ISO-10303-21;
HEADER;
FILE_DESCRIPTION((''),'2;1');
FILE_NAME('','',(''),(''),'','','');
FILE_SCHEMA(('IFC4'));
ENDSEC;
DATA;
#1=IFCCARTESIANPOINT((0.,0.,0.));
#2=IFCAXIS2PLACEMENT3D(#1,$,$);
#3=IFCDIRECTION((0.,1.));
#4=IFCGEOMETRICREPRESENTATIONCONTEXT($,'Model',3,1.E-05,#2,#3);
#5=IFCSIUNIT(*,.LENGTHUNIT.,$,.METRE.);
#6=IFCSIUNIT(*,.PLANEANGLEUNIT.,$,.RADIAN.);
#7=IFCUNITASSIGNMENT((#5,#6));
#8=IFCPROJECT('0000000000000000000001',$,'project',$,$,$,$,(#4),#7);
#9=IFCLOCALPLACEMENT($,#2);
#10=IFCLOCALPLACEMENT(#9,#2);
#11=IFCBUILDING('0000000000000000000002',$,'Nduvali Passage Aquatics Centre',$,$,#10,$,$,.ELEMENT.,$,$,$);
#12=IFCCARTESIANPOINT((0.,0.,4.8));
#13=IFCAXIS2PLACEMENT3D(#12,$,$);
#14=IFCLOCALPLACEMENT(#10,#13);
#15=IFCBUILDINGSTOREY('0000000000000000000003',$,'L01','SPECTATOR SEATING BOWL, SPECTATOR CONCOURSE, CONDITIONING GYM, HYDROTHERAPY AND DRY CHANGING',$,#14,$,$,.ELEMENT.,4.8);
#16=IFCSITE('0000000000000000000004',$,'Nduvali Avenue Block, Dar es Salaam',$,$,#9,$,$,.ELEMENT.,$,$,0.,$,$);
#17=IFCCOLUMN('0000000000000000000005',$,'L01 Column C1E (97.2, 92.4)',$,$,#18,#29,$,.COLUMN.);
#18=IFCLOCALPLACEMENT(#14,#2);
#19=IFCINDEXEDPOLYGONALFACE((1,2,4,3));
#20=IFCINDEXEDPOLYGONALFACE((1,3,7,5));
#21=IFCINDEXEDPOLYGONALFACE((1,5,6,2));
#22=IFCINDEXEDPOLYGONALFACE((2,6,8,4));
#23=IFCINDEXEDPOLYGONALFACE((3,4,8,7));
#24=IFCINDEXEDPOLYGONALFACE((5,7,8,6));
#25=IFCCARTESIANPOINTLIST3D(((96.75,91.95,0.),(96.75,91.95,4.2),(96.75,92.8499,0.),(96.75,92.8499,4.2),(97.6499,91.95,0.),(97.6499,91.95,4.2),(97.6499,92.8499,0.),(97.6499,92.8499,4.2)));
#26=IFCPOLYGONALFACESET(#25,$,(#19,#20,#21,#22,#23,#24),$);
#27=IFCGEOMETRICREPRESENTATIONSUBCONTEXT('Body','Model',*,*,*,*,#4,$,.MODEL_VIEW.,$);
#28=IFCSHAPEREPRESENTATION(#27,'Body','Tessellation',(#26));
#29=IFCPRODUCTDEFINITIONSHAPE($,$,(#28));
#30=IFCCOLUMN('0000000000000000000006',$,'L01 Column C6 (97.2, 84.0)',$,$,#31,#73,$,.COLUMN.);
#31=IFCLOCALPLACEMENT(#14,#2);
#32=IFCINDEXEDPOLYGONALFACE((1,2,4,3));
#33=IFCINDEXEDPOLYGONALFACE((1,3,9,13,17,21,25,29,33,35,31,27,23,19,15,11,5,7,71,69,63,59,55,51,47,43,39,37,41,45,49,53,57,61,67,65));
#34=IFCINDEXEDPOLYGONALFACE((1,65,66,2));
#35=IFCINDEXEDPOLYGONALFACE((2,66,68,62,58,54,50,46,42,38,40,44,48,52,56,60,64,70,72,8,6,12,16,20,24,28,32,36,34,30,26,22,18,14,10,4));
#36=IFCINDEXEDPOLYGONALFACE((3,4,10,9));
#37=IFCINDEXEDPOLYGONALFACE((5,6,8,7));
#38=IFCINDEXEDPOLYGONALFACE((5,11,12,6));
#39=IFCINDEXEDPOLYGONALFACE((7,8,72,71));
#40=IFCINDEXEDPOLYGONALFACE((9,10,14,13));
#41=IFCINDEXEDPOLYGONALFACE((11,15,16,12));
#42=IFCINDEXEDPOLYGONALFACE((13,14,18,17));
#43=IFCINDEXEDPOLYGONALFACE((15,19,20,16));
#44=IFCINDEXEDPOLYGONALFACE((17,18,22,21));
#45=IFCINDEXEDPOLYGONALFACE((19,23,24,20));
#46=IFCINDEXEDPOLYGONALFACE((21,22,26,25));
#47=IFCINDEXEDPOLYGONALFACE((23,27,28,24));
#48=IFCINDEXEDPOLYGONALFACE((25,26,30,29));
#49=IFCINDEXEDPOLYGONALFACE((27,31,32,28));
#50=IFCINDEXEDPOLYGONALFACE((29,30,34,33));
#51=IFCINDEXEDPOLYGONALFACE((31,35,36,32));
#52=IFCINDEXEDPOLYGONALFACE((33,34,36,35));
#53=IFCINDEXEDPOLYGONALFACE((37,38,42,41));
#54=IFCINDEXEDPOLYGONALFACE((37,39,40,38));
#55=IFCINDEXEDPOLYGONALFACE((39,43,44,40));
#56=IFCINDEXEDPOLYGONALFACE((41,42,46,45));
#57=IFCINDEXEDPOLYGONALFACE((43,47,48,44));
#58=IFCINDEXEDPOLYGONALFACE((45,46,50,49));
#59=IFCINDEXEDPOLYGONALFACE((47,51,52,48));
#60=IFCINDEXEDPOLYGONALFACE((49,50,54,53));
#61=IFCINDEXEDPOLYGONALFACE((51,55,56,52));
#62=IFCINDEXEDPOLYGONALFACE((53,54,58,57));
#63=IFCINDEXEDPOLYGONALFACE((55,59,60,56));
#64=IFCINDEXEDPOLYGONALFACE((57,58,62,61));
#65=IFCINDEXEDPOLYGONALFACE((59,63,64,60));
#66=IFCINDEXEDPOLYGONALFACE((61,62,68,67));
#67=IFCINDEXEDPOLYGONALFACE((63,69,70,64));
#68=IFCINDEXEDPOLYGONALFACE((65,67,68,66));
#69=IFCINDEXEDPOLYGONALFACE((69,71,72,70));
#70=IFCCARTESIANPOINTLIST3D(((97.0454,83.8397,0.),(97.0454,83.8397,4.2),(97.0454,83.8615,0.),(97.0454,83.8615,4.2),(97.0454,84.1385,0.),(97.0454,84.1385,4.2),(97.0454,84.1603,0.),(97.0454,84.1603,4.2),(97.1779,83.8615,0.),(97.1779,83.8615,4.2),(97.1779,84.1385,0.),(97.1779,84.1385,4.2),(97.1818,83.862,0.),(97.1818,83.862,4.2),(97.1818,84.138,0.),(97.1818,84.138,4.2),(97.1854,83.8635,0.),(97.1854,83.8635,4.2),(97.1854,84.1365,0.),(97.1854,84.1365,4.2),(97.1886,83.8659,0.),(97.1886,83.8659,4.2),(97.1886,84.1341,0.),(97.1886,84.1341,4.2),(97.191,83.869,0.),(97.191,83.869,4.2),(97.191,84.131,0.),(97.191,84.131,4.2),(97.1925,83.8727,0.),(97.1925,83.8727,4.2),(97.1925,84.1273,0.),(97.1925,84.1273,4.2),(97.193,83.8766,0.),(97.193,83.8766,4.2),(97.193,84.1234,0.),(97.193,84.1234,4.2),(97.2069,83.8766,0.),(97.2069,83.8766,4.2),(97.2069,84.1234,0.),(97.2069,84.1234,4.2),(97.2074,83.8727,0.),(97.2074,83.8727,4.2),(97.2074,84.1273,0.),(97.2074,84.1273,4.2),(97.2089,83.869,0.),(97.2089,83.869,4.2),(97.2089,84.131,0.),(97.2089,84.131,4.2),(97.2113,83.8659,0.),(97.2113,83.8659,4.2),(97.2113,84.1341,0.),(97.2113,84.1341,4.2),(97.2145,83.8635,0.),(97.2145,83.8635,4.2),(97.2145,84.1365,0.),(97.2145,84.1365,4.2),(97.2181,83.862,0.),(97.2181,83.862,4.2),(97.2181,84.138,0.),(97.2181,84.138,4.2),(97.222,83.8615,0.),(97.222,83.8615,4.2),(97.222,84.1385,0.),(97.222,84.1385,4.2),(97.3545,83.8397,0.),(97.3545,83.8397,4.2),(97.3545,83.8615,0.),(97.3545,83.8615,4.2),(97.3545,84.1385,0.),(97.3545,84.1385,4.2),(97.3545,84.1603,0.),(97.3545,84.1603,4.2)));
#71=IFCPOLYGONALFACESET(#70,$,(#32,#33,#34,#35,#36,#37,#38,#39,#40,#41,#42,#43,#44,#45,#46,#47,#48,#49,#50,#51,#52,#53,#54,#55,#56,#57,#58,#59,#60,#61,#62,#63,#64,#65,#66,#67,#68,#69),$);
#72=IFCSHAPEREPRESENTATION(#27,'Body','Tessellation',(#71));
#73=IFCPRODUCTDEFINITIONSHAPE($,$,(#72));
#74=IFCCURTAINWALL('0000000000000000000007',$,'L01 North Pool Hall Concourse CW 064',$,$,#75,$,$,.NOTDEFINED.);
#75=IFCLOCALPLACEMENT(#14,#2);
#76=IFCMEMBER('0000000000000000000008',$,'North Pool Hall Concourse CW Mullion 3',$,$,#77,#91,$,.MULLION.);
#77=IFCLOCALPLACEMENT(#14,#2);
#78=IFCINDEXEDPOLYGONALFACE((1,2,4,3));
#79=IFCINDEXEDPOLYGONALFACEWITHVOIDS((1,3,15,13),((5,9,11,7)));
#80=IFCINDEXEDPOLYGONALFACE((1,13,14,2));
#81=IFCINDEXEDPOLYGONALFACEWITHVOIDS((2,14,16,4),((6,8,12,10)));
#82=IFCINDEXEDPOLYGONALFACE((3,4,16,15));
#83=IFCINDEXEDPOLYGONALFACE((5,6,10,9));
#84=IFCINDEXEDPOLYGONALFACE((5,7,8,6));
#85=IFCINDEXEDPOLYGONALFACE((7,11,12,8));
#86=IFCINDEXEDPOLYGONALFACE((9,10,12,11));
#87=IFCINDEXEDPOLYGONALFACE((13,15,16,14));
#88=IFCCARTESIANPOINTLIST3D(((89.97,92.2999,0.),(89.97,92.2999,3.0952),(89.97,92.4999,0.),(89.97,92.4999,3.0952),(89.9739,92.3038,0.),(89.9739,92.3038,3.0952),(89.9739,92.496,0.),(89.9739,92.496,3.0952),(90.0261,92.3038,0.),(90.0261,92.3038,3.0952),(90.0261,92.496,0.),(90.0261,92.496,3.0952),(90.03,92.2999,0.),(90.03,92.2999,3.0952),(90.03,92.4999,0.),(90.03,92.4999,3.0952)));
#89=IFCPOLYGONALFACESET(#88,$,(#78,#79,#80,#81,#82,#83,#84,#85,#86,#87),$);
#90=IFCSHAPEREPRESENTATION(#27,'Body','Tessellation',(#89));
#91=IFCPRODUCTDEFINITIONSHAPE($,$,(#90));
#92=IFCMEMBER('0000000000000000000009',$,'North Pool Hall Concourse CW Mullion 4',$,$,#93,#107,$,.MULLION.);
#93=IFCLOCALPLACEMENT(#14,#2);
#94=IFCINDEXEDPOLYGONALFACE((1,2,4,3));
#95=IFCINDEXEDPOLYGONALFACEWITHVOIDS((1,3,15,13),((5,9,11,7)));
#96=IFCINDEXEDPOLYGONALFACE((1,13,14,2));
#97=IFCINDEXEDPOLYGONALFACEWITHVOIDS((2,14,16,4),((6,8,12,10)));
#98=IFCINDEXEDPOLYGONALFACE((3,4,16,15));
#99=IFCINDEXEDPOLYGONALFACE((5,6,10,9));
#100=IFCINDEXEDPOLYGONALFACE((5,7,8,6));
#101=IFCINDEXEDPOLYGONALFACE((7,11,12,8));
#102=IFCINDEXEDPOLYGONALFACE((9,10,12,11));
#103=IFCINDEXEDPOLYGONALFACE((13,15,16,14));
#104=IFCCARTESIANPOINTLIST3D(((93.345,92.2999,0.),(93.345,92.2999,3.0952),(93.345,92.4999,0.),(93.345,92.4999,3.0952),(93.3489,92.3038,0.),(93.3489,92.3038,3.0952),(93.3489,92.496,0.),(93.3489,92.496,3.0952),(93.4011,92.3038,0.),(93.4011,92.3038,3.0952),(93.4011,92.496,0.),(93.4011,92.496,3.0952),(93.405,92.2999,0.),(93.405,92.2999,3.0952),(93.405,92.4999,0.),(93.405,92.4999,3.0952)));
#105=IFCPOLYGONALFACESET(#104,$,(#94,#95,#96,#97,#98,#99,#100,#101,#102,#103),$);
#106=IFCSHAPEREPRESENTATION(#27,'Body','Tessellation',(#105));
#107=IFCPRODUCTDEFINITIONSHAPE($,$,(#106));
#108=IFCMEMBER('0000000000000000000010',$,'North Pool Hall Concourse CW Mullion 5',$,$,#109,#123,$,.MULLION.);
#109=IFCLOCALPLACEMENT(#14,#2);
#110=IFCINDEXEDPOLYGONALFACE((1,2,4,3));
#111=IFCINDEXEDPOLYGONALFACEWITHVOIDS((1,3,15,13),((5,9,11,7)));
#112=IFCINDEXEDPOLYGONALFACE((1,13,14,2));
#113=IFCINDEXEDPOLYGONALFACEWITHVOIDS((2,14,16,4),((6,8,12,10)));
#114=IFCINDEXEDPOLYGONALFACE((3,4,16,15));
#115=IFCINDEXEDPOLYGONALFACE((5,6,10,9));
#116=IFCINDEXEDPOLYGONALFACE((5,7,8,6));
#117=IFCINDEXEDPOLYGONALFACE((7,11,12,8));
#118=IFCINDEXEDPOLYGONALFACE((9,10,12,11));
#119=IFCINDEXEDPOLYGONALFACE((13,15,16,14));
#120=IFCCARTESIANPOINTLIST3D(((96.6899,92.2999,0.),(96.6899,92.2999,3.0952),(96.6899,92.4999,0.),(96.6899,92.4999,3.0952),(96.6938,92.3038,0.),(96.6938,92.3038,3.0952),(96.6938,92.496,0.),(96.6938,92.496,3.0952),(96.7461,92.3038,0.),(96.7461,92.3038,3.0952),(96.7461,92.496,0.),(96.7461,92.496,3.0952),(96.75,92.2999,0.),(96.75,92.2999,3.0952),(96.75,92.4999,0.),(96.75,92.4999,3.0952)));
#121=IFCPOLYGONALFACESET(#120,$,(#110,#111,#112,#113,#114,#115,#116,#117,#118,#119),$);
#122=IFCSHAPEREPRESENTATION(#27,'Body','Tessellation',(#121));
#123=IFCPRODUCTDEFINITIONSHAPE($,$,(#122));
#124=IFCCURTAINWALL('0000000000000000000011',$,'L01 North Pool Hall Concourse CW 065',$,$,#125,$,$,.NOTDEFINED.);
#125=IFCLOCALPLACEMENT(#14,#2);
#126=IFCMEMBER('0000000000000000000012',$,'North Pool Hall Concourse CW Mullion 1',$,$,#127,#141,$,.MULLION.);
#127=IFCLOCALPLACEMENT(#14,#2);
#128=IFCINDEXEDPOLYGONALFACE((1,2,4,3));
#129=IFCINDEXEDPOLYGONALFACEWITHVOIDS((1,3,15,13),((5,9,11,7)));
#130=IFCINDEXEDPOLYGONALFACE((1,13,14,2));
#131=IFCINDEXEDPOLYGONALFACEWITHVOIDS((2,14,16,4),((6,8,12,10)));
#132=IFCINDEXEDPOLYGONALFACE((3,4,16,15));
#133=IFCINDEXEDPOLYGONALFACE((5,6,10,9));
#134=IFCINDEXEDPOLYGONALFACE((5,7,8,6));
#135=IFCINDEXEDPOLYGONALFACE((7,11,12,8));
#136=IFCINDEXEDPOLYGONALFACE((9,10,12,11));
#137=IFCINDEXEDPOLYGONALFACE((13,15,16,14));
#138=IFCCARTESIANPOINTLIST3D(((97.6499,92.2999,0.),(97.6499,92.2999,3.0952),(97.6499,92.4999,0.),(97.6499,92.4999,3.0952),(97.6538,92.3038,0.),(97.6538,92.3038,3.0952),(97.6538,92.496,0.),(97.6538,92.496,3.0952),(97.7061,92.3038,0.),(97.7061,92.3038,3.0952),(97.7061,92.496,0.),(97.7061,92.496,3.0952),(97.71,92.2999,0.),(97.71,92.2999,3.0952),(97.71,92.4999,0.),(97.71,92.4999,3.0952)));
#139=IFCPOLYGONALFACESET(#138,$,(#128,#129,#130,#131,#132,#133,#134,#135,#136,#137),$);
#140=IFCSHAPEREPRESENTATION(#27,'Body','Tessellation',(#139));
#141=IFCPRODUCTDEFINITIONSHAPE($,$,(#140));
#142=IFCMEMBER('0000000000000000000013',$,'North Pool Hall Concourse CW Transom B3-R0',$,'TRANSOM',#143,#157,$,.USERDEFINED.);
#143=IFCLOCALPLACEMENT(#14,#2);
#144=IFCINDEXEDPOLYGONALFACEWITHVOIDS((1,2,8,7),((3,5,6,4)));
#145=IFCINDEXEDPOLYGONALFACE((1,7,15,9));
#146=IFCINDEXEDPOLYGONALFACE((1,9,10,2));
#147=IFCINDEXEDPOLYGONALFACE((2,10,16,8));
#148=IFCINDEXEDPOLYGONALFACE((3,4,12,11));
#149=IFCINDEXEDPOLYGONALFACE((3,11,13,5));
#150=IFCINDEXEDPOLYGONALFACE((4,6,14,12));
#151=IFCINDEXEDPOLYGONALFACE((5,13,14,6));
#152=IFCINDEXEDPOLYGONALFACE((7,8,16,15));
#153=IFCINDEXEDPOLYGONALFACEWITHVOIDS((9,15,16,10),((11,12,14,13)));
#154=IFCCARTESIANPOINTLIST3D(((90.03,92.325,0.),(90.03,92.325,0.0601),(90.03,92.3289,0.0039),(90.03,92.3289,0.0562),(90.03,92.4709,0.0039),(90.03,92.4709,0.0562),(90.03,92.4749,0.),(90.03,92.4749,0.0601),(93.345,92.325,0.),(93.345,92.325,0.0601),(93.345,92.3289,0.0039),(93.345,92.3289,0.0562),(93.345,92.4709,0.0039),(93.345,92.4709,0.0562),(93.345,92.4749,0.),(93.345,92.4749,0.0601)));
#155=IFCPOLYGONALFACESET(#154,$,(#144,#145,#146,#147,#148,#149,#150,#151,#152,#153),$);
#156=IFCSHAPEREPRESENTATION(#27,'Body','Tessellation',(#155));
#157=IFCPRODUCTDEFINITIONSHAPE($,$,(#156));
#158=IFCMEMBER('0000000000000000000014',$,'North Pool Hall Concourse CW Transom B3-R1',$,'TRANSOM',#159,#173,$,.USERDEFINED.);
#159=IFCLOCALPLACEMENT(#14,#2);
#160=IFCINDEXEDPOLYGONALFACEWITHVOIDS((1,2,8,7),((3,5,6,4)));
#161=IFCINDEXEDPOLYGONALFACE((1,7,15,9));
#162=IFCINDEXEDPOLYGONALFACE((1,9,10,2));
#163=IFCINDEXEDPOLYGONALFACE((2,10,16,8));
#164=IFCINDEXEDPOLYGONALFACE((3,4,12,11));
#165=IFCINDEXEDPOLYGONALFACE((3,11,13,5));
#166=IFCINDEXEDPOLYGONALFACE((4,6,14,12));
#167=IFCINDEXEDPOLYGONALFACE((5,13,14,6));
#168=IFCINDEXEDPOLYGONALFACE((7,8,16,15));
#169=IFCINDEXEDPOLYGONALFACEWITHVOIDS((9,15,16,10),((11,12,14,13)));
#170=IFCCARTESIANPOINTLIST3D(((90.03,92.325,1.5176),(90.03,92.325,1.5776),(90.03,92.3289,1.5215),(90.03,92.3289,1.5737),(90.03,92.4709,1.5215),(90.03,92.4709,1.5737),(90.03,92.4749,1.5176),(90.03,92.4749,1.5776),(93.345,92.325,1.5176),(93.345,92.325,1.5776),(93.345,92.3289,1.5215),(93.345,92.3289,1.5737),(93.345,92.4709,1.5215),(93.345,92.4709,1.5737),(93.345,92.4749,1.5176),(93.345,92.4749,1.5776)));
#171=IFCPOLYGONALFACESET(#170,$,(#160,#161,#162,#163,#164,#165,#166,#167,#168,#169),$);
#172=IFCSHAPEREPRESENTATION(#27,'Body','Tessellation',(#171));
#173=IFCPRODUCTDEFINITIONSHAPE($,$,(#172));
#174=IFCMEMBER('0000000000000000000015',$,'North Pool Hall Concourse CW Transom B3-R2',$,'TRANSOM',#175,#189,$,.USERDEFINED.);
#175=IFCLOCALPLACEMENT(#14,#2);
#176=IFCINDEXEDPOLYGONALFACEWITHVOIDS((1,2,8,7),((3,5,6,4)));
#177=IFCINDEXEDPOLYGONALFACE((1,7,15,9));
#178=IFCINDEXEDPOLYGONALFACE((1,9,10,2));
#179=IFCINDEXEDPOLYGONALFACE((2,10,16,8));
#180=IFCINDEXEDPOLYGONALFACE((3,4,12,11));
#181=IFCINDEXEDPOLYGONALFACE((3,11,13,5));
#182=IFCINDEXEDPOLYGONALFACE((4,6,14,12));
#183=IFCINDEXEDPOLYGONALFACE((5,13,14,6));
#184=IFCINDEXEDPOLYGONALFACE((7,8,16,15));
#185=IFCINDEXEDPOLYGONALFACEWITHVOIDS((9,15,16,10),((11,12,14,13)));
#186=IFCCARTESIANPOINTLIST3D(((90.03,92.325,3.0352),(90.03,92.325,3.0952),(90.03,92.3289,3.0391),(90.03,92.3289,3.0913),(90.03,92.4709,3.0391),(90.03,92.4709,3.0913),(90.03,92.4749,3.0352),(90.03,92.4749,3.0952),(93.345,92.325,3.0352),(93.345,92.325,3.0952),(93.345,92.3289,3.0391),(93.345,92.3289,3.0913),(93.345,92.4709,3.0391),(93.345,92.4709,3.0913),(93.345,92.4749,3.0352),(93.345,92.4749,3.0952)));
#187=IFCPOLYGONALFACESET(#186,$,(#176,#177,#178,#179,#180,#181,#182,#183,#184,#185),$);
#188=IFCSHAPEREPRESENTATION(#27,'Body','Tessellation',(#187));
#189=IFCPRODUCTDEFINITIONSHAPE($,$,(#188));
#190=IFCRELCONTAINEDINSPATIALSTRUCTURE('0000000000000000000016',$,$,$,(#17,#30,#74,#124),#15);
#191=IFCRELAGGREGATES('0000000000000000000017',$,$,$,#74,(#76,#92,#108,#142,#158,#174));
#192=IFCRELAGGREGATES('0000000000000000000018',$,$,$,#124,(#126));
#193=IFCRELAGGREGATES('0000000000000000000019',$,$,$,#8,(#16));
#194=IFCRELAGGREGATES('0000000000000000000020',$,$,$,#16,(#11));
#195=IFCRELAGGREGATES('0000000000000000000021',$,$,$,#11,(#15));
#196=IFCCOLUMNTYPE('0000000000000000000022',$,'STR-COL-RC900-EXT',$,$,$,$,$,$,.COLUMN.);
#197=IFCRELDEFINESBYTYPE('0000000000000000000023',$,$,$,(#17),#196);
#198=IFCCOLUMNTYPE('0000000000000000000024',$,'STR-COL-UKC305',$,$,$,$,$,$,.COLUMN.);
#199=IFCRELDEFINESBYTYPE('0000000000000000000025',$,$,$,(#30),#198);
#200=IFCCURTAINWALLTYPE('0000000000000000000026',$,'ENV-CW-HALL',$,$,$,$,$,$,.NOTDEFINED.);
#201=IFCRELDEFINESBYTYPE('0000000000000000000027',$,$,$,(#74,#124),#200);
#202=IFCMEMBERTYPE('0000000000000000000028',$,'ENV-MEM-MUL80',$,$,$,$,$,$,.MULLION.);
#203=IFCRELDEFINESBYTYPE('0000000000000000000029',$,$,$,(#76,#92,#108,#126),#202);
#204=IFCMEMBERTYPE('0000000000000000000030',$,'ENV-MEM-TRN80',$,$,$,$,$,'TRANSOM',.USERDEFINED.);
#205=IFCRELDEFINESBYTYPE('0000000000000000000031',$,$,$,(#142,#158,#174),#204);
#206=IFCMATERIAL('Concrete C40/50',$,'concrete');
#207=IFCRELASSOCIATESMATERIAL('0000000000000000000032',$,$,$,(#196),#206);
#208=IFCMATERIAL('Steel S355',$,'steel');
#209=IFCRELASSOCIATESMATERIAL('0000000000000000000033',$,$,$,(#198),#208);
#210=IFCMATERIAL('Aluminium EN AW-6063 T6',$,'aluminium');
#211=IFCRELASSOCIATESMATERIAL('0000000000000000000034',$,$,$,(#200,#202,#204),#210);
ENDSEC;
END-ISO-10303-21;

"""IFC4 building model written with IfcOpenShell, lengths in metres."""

from ifc_helpers import new_model, si_unit, direction, frame, origin, origin_2d, place, context, subcontext, project, spatial, rectangle, hollow_rectangle, i_section, extrude, material, material_profile, profile_set, type_object, element, aggregate, save


model = new_model("IFC4")

# Units and contexts
model_context = context("Model", 3, precision=1e-05, world=origin(), true_north=direction((0.0, 1.0)))
body_context = subcontext(model_context, "Body", "Model", "MODEL_VIEW")
ifc_project = project(units=[si_unit("LENGTHUNIT", "METRE"), si_unit("PLANEANGLEUNIT", "RADIAN")], contexts=[model_context])

# Site, building, storey
site_placement = place(None, origin())
site = spatial("IfcSite", under=ifc_project, at=site_placement, Name="Nduvali Avenue Block, Dar es Salaam", CompositionType="ELEMENT", RefElevation=0.0)
building_placement = place(site_placement, origin())
building = spatial("IfcBuilding", under=site, at=building_placement, Name="Nduvali Passage Aquatics Centre", CompositionType="ELEMENT")
storey_placement = place(building_placement, frame((0.0, 0.0, 4.8)))
storey = spatial("IfcBuildingStorey", under=building, at=storey_placement, Name="L01", Description="SPECTATOR SEATING BOWL, SPECTATOR CONCOURSE, CONDITIONING GYM, HYDROTHERAPY AND DRY CHANGING", CompositionType="ELEMENT", Elevation=4.8)

# Columns
ifc_material_1 = material(Name="Concrete C40/50", Category="concrete")
ifc_material_profile_1 = material_profile(ifc_material_1, rectangle(XDim=0.8999, YDim=0.8999, at=origin_2d()), Name="RC 900x900")
ifc_profile_set_1 = profile_set([ifc_material_profile_1], Name="Concrete C40/50")
column_type_1 = type_object("IfcColumnType", Name="STR-COL-RC900-EXT", PredefinedType="COLUMN", material=ifc_profile_set_1)
column_1_placement = place(storey_placement, frame((97.2, 92.3999, 0.0), z_axis=(0.0, 0.0, 1.0), x_axis=(1.0, 0.0, 0.0)))
element("IfcColumn", 1, at=column_1_placement, inside=storey, type_object=column_type_1, Name="L01 Column C1E (97.2, 92.4)", PredefinedType="COLUMN", context=body_context, shape_type="SweptSolid", body=[
    extrude(rectangle(XDim=0.8999, YDim=0.8999, at=origin_2d()), origin(), (0.0, 0.0, 1.0), 4.2),
])
ifc_material_2 = material(Name="Steel S355", Category="steel")
ifc_material_profile_2 = material_profile(ifc_material_2, i_section(OverallWidth=0.3091, OverallDepth=0.3206, WebThickness=0.0139, FlangeThickness=0.0217, FilletRadius=0.0151, at=origin_2d()), Name="UKC 305x305x137")
ifc_profile_set_2 = profile_set([ifc_material_profile_2], Name="Steel S355")
column_type_2 = type_object("IfcColumnType", Name="STR-COL-UKC305", PredefinedType="COLUMN", material=ifc_profile_set_2)
column_2_placement = place(storey_placement, frame((97.2, 84.0, 0.0), z_axis=(0.0, 0.0, 1.0), x_axis=(1.0, 0.0, 0.0)))
element("IfcColumn", 2, at=column_2_placement, inside=storey, type_object=column_type_2, Name="L01 Column C6 (97.2, 84.0)", PredefinedType="COLUMN", context=body_context, shape_type="SweptSolid", body=[
    extrude(i_section(OverallWidth=0.3091, OverallDepth=0.3206, WebThickness=0.0139, FlangeThickness=0.0217, FilletRadius=0.0151, at=origin_2d()), origin(), (0.0, 0.0, 1.0), 4.2),
])

# Curtain wall, members
ifc_material_3 = material(Name="Aluminium EN AW-6063 T6", Category="aluminium")
curtain_wall_type = type_object("IfcCurtainWallType", Name="ENV-CW-HALL", PredefinedType="NOTDEFINED", material=ifc_material_3)
curtain_wall_1_placement = place(storey_placement, origin())
curtain_wall_1 = element("IfcCurtainWall", 3, at=curtain_wall_1_placement, inside=storey, type_object=curtain_wall_type, Name="L01 North Pool Hall Concourse CW 064", PredefinedType="NOTDEFINED")
ifc_material_profile_3 = material_profile(ifc_material_3, hollow_rectangle(XDim=0.0601, YDim=0.2, WallThickness=0.0039, at=origin_2d()), Name="ALU MULLION 60x200x4")
ifc_profile_set_3 = profile_set([ifc_material_profile_3], Name="Aluminium EN AW-6063 T6")
member_type_1 = type_object("IfcMemberType", Name="ENV-MEM-MUL80", PredefinedType="MULLION", material=ifc_profile_set_3)
member_1_placement = place(storey_placement, frame((90.0, 92.3999, 0.0), z_axis=(0.0, 0.0, 1.0), x_axis=(1.0, 0.0, 0.0)))
member_1 = element("IfcMember", 4, at=member_1_placement, type_object=member_type_1, Name="North Pool Hall Concourse CW Mullion 3", PredefinedType="MULLION", context=body_context, shape_type="SweptSolid", body=[
    extrude(hollow_rectangle(XDim=0.0601, YDim=0.2, WallThickness=0.0039, at=origin_2d()), origin(), (0.0, 0.0, 1.0), 3.0952),
])
member_2_placement = place(storey_placement, frame((93.375, 92.3999, 0.0), z_axis=(0.0, 0.0, 1.0), x_axis=(1.0, 0.0, 0.0)))
member_2 = element("IfcMember", 5, at=member_2_placement, type_object=member_type_1, Name="North Pool Hall Concourse CW Mullion 4", PredefinedType="MULLION", context=body_context, shape_type="SweptSolid", body=[
    extrude(hollow_rectangle(XDim=0.0601, YDim=0.2, WallThickness=0.0039, at=origin_2d()), origin(), (0.0, 0.0, 1.0), 3.0952),
])
member_3_placement = place(storey_placement, frame((96.72, 92.3999, 0.0), z_axis=(0.0, 0.0, 1.0), x_axis=(1.0, 0.0, 0.0)))
member_3 = element("IfcMember", 6, at=member_3_placement, type_object=member_type_1, Name="North Pool Hall Concourse CW Mullion 5", PredefinedType="MULLION", context=body_context, shape_type="SweptSolid", body=[
    extrude(hollow_rectangle(XDim=0.0601, YDim=0.2, WallThickness=0.0039, at=origin_2d()), origin(), (0.0, 0.0, 1.0), 3.0952),
])

# Curtain wall, member
curtain_wall_2_placement = place(storey_placement, origin())
curtain_wall_2 = element("IfcCurtainWall", 7, at=curtain_wall_2_placement, inside=storey, type_object=curtain_wall_type, Name="L01 North Pool Hall Concourse CW 065", PredefinedType="NOTDEFINED")
member_4_placement = place(storey_placement, frame((97.6799, 92.3999, 0.0), z_axis=(0.0, 0.0, 1.0), x_axis=(1.0, 0.0, 0.0)))
member_4 = element("IfcMember", 8, at=member_4_placement, type_object=member_type_1, Name="North Pool Hall Concourse CW Mullion 1", PredefinedType="MULLION", context=body_context, shape_type="SweptSolid", body=[
    extrude(hollow_rectangle(XDim=0.0601, YDim=0.2, WallThickness=0.0039, at=origin_2d()), origin(), (0.0, 0.0, 1.0), 3.0952),
])

# Members
ifc_material_profile_4 = material_profile(ifc_material_3, hollow_rectangle(XDim=0.1499, YDim=0.0601, WallThickness=0.0039, at=origin_2d()), Name="ALU TRANSOM 150x60x4")
ifc_profile_set_4 = profile_set([ifc_material_profile_4], Name="Aluminium EN AW-6063 T6")
member_type_2 = type_object("IfcMemberType", Name="ENV-MEM-TRN80", ElementType="TRANSOM", PredefinedType="USERDEFINED", material=ifc_profile_set_4)
member_5_placement = place(storey_placement, frame((90.03, 92.3999, 0.03), z_axis=(1.0, 0.0, 0.0), x_axis=(0.0, 1.0, 0.0)))
member_5 = element("IfcMember", 9, at=member_5_placement, type_object=member_type_2, Name="North Pool Hall Concourse CW Transom B3-R0", ObjectType="TRANSOM", PredefinedType="USERDEFINED", context=body_context, shape_type="SweptSolid", body=[
    extrude(hollow_rectangle(XDim=0.1499, YDim=0.0601, WallThickness=0.0039, at=origin_2d()), origin(), (0.0, 0.0, 1.0), 3.3149),
])
member_6_placement = place(storey_placement, frame((90.03, 92.3999, 1.5476), z_axis=(1.0, 0.0, 0.0), x_axis=(0.0, 1.0, 0.0)))
member_6 = element("IfcMember", 10, at=member_6_placement, type_object=member_type_2, Name="North Pool Hall Concourse CW Transom B3-R1", ObjectType="TRANSOM", PredefinedType="USERDEFINED", context=body_context, shape_type="SweptSolid", body=[
    extrude(hollow_rectangle(XDim=0.1499, YDim=0.0601, WallThickness=0.0039, at=origin_2d()), origin(), (0.0, 0.0, 1.0), 3.3149),
])
member_7_placement = place(storey_placement, frame((90.03, 92.3999, 3.0652), z_axis=(1.0, 0.0, 0.0), x_axis=(0.0, 1.0, 0.0)))
member_7 = element("IfcMember", 11, at=member_7_placement, type_object=member_type_2, Name="North Pool Hall Concourse CW Transom B3-R2", ObjectType="TRANSOM", PredefinedType="USERDEFINED", context=body_context, shape_type="SweptSolid", body=[
    extrude(hollow_rectangle(XDim=0.1499, YDim=0.0601, WallThickness=0.0039, at=origin_2d()), origin(), (0.0, 0.0, 1.0), 3.3149),
])

aggregate(curtain_wall_1, [member_1, member_2, member_3, member_5, member_6, member_7])
aggregate(curtain_wall_2, [member_4])

save(model, "model.ifc")
